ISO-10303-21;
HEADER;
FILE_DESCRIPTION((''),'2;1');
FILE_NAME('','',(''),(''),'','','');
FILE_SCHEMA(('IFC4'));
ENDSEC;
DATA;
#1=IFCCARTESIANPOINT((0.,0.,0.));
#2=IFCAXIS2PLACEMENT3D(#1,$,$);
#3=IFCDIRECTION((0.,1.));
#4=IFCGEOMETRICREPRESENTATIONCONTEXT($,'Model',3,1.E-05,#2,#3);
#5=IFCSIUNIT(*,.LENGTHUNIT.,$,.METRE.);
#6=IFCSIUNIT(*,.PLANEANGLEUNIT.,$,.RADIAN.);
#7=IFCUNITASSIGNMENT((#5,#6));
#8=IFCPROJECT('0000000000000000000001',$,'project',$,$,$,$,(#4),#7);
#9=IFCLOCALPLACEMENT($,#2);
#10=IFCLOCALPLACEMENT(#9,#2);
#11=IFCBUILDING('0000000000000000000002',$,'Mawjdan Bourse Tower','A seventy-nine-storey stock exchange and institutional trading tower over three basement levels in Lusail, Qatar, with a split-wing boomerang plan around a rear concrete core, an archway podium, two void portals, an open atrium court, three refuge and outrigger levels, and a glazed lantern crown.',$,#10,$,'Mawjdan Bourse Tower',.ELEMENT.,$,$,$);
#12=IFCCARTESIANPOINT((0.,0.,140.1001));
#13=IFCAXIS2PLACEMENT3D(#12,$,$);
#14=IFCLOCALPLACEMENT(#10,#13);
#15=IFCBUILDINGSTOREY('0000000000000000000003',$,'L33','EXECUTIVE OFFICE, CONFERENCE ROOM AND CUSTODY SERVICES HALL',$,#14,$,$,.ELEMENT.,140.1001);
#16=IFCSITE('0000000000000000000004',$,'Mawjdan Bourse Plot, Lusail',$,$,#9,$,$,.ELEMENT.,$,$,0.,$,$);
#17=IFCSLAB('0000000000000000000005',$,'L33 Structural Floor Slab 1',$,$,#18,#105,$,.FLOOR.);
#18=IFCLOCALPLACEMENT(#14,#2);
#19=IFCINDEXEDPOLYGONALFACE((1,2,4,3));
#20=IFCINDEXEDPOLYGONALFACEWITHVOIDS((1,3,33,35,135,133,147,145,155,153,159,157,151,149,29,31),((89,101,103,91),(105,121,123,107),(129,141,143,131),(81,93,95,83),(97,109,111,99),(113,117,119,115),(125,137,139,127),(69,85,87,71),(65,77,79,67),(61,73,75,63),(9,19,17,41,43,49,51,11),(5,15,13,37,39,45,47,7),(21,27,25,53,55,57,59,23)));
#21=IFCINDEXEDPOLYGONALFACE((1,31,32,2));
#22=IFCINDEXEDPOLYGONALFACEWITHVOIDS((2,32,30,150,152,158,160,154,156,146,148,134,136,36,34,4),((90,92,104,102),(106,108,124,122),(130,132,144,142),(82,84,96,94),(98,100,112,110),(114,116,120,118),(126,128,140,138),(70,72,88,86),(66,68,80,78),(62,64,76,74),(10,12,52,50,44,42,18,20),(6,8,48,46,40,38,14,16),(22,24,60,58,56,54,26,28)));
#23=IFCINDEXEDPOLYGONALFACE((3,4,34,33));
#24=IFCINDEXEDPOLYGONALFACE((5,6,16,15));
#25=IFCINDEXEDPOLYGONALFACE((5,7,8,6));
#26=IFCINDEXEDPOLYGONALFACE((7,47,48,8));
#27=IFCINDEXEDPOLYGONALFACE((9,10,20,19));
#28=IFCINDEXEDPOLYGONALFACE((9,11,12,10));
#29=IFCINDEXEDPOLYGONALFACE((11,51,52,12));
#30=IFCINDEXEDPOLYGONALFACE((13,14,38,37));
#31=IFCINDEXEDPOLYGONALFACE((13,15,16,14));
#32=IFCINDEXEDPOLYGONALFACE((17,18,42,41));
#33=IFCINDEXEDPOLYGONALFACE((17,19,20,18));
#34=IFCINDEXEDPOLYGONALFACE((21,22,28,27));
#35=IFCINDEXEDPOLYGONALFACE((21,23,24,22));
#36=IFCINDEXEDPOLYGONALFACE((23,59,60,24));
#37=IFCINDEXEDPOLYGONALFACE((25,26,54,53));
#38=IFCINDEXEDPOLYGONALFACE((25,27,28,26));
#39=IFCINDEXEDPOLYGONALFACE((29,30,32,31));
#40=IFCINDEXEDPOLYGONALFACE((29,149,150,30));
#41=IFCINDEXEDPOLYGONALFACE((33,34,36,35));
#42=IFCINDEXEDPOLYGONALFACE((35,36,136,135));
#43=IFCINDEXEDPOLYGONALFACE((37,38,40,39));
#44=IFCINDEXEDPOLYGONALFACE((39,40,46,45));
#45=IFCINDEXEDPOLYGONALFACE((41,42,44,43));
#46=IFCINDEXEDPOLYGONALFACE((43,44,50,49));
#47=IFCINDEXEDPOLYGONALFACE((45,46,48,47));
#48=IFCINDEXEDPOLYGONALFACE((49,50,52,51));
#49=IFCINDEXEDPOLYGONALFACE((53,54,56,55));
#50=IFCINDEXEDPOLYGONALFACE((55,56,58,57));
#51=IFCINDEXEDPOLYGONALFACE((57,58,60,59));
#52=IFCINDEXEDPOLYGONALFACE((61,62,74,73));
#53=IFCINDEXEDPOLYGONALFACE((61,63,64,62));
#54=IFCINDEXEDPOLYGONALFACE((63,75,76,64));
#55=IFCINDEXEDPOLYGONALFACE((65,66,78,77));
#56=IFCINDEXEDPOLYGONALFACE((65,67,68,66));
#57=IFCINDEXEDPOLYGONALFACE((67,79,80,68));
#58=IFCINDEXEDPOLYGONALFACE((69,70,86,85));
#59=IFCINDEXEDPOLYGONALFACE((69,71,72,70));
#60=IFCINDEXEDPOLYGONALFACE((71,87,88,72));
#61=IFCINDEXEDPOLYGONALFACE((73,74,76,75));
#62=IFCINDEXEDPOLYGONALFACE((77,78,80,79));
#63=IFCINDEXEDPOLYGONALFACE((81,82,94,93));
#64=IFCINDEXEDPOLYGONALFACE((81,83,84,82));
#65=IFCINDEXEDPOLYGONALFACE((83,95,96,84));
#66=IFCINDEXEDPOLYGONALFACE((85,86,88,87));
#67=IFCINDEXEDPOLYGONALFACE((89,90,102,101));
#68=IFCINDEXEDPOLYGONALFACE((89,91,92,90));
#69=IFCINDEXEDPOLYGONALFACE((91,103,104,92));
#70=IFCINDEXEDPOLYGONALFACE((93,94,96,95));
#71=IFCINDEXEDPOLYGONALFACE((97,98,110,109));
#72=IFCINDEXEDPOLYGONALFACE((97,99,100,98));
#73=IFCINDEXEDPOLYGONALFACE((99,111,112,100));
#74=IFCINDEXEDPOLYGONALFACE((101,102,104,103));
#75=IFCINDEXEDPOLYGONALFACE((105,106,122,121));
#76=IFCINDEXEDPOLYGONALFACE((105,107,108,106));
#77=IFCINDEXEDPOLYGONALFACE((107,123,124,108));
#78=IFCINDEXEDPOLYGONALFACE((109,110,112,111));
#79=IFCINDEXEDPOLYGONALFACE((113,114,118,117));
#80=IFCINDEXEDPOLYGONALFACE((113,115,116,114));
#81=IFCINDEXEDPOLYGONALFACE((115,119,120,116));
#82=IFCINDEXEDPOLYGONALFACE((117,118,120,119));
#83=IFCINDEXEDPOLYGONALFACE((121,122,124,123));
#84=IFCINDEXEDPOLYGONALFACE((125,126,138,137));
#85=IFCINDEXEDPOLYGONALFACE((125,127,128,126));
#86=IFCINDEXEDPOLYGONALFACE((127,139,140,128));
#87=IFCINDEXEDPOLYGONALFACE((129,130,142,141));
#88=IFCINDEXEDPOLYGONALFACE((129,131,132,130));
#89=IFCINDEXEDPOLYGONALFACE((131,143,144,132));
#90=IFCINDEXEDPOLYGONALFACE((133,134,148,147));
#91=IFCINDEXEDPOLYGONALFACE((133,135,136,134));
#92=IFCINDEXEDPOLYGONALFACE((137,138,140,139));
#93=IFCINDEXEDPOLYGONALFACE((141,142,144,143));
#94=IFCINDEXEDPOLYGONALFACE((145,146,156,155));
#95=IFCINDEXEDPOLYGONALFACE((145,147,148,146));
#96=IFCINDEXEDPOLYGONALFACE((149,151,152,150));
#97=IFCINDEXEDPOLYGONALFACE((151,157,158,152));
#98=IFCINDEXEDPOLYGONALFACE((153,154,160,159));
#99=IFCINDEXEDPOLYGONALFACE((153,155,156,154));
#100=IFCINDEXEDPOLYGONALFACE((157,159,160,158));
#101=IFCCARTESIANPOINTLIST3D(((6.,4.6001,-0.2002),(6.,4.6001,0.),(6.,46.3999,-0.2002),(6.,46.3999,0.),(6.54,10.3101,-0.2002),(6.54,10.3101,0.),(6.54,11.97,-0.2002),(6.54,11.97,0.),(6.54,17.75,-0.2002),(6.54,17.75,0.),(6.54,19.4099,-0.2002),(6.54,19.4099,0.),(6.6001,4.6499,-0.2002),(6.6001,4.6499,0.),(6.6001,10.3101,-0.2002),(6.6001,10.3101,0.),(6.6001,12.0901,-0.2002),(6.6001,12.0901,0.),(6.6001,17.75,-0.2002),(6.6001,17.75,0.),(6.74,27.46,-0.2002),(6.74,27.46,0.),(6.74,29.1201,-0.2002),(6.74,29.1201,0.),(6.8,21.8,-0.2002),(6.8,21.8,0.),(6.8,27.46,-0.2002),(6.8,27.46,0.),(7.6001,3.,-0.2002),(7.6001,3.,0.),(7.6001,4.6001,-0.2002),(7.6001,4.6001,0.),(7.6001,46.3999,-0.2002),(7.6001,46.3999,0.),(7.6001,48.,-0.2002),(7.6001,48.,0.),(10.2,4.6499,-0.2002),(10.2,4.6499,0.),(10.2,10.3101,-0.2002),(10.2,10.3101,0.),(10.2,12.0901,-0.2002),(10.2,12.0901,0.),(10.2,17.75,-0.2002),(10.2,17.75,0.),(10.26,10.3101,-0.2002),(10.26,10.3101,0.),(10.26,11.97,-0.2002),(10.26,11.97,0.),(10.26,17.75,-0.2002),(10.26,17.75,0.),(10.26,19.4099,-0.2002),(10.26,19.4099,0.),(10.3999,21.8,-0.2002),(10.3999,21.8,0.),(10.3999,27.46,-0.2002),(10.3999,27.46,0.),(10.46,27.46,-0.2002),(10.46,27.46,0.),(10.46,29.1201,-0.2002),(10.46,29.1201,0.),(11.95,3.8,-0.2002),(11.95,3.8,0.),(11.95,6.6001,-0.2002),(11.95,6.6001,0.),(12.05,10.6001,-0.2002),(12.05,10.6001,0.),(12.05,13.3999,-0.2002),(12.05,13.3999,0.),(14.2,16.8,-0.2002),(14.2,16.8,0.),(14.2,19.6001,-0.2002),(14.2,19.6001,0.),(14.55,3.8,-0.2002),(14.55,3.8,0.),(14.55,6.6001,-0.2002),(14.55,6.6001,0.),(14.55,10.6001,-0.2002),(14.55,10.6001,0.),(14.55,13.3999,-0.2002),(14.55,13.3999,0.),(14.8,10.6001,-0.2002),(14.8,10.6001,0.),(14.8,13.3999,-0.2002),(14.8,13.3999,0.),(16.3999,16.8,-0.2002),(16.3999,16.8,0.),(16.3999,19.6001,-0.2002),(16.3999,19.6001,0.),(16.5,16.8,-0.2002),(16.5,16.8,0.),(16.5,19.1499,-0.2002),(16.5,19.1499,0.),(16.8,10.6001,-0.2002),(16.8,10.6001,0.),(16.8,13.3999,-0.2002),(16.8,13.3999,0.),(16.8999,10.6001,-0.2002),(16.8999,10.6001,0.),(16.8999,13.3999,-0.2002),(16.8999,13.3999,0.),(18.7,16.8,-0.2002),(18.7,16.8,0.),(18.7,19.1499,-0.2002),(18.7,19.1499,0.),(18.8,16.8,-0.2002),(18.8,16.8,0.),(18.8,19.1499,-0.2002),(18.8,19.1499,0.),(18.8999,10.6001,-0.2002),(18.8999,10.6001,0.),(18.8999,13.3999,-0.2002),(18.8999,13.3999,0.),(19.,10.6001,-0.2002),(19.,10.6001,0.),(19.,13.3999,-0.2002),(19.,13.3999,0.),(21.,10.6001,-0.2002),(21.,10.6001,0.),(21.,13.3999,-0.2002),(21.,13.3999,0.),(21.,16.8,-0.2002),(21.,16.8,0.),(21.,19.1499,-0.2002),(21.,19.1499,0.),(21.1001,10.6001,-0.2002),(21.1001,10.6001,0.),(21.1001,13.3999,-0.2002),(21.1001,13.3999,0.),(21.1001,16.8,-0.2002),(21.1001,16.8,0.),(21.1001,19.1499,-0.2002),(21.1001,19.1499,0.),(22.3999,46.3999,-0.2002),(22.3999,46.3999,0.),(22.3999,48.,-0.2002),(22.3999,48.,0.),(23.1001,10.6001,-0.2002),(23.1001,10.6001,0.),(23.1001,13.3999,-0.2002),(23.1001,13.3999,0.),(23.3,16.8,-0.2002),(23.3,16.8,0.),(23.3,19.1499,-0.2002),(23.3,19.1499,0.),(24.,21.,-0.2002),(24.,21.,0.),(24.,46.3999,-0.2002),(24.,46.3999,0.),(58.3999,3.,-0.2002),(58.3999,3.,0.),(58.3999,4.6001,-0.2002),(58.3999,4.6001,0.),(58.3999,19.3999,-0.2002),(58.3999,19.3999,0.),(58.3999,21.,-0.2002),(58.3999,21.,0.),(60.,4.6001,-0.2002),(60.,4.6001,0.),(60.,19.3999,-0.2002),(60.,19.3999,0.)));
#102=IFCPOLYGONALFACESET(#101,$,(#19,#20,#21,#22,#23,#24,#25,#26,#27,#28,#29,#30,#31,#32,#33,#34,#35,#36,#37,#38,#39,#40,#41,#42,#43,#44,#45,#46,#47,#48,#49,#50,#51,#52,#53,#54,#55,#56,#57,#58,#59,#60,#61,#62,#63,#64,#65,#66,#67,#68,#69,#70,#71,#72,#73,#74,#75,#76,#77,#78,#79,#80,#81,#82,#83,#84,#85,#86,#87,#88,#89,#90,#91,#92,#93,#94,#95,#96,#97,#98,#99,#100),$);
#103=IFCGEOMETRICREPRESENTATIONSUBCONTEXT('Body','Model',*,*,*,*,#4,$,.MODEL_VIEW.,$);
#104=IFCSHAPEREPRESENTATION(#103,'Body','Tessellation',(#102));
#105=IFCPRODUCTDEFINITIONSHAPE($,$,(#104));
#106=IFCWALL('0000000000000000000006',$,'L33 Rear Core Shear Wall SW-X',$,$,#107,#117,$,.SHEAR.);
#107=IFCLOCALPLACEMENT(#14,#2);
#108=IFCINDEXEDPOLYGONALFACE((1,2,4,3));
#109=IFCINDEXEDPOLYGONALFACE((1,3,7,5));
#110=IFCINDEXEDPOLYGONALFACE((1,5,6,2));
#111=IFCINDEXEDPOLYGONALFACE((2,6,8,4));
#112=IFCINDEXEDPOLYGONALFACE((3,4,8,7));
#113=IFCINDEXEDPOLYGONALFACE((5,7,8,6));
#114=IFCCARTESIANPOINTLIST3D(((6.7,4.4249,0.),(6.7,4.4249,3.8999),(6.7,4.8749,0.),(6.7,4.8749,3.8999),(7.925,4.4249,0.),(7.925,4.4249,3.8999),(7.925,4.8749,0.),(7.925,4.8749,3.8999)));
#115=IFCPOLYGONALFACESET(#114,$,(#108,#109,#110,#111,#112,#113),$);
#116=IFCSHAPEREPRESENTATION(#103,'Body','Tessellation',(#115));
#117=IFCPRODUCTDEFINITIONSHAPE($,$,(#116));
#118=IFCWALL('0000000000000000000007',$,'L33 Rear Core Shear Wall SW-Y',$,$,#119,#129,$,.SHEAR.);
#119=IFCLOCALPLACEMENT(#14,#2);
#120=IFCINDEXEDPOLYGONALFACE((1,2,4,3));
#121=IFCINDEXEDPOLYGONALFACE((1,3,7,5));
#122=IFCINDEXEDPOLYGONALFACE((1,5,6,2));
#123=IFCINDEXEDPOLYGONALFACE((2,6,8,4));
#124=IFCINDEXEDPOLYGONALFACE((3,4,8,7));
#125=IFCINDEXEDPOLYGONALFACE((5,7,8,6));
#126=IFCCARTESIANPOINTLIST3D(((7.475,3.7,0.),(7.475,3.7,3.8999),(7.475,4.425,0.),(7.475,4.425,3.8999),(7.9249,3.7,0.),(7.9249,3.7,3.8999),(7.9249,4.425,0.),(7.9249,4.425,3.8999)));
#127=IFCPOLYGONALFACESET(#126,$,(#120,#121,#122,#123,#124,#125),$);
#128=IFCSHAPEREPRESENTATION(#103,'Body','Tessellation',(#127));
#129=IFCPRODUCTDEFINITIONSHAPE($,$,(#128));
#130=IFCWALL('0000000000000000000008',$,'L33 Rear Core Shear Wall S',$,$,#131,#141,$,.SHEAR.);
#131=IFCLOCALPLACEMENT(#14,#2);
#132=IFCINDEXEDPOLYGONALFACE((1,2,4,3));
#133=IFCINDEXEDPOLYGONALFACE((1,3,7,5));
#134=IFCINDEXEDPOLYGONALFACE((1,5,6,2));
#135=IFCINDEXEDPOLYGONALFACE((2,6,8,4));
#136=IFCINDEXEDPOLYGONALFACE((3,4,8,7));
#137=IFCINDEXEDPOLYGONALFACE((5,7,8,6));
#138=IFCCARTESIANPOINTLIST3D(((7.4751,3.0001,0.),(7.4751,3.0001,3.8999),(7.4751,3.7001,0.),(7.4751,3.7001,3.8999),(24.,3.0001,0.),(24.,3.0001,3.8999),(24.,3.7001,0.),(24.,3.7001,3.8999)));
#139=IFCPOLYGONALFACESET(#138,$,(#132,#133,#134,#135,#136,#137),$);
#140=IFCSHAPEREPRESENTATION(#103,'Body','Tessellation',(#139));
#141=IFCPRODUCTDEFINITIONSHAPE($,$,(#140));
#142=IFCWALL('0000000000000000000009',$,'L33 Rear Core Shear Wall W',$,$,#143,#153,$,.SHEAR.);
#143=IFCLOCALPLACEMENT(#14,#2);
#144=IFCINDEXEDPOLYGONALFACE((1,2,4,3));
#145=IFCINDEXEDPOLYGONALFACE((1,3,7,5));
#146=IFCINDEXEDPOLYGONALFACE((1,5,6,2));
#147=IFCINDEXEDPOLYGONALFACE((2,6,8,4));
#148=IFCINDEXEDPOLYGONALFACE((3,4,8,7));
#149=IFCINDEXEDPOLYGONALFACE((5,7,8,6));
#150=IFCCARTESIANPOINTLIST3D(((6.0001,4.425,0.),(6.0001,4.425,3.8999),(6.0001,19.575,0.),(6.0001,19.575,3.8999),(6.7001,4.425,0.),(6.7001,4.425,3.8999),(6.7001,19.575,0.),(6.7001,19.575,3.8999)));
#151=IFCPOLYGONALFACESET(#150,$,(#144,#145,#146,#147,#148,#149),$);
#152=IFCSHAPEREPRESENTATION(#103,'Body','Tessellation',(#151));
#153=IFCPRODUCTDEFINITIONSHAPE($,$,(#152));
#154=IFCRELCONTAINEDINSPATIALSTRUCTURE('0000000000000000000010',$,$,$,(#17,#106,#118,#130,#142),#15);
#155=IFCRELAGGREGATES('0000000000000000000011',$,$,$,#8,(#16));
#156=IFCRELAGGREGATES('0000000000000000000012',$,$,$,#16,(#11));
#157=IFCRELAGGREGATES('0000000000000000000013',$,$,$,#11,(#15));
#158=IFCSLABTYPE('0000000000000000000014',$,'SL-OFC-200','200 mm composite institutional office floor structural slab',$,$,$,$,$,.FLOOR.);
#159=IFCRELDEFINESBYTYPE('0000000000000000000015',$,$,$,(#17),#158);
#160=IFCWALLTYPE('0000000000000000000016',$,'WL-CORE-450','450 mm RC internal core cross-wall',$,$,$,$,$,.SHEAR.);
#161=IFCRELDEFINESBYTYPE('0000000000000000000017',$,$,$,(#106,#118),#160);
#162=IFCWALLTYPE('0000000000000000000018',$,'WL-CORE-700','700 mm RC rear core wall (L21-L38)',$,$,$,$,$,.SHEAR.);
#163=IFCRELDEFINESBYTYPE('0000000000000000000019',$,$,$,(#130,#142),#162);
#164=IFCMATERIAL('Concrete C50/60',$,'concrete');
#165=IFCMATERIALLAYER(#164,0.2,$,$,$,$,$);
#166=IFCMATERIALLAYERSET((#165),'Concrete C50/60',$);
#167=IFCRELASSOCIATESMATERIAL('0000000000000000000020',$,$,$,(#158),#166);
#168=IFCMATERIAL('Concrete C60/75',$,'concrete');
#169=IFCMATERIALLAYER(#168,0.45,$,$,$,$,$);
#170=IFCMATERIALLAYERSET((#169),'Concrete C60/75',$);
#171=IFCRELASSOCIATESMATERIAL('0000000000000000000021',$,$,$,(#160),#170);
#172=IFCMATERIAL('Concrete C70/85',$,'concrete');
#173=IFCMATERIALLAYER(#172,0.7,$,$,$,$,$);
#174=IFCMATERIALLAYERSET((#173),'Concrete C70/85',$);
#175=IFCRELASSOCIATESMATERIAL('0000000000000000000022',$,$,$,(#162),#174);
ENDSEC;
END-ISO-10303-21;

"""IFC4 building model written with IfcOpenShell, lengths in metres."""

from ifc_helpers import new_model, si_unit, direction, frame, frame_2d, origin, place, context, subcontext, project, spatial, polyline, rectangle, outline, extrude, material, layer, layer_set, type_object, element, save


model = new_model("IFC4")

# Units and contexts
model_context = context("Model", 3, precision=1e-05, world=origin(), true_north=direction((0.0, 1.0)))
body_context = subcontext(model_context, "Body", "Model", "MODEL_VIEW")
ifc_project = project(units=[si_unit("LENGTHUNIT", "METRE"), si_unit("PLANEANGLEUNIT", "RADIAN")], contexts=[model_context])

# Site, building, storey
site_placement = place(None, origin())
site = spatial("IfcSite", under=ifc_project, at=site_placement, Name="Mawjdan Bourse Plot, Lusail", CompositionType="ELEMENT", RefElevation=0.0)
building_placement = place(site_placement, origin())
building = spatial("IfcBuilding", under=site, at=building_placement, Name="Mawjdan Bourse Tower", Description="A seventy-nine-storey stock exchange and institutional trading tower over three basement levels in Lusail, Qatar, with a split-wing boomerang plan around a rear concrete core, an archway podium, two void portals, an open atrium court, three refuge and outrigger levels, and a glazed lantern crown.", LongName="Mawjdan Bourse Tower", CompositionType="ELEMENT")
storey_placement = place(building_placement, frame((0.0, 0.0, 140.1001)))
storey = spatial("IfcBuildingStorey", under=building, at=storey_placement, Name="L33", Description="EXECUTIVE OFFICE, CONFERENCE ROOM AND CUSTODY SERVICES HALL", CompositionType="ELEMENT", Elevation=140.1001)

# Shared definitions
ifc_material_1 = material(Name="Concrete C50/60", Category="concrete")

# Slab
ifc_layer_1 = layer(ifc_material_1, 0.2)
ifc_layer_set_1 = layer_set([ifc_layer_1], Name="Concrete C50/60")
slab_type_1 = type_object("IfcSlabType", Name="SL-OFC-200", Description="200 mm composite institutional office floor structural slab", PredefinedType="FLOOR", material=ifc_layer_set_1)
slab_1_placement = place(storey_placement, frame((0.0, 0.0, -0.2002)))
element("IfcSlab", 1, at=slab_1_placement, inside=storey, type_object=slab_type_1, Name="L33 Structural Floor Slab 1", PredefinedType="FLOOR", context=body_context, shape_type="SweptSolid", body=[
    extrude(outline(polyline([(7.6001, 3.0), (58.3999, 3.0), (58.3999, 4.6001), (60.0, 4.6001), (60.0, 19.3999), (58.3999, 19.3999), (58.3999, 21.0), (24.0, 21.0), (24.0, 46.3999), (22.3999, 46.3999), (22.3999, 48.0), (7.6001, 48.0), (7.6001, 46.3999), (6.0, 46.3999), (6.0, 4.6001), (7.6001, 4.6001), (7.6001, 3.0)]), holes=[polyline([(11.95, 3.8), (11.95, 6.6001), (14.55, 6.6001), (14.55, 3.8), (11.95, 3.8)]), polyline([(6.6001, 10.3101), (6.54, 10.3101), (6.54, 11.97), (10.26, 11.97), (10.26, 10.3101), (10.2, 10.3101), (10.2, 4.6499), (6.6001, 4.6499), (6.6001, 10.3101)]), polyline([(12.05, 10.6001), (12.05, 13.3999), (14.55, 13.3999), (14.55, 10.6001), (12.05, 10.6001)]), polyline([(10.26, 19.4099), (10.26, 17.75), (10.2, 17.75), (10.2, 12.0901), (6.6001, 12.0901), (6.6001, 17.75), (6.54, 17.75), (6.54, 19.4099), (10.26, 19.4099)]), polyline([(10.46, 29.1201), (10.46, 27.46), (10.3999, 27.46), (10.3999, 21.8), (6.8, 21.8), (6.8, 27.46), (6.74, 27.46), (6.74, 29.1201), (10.46, 29.1201)]), polyline([(14.8, 10.6001), (14.8, 13.3999), (16.8, 13.3999), (16.8, 10.6001), (14.8, 10.6001)]), polyline([(16.8999, 10.6001), (16.8999, 13.3999), (18.8999, 13.3999), (18.8999, 10.6001), (16.8999, 10.6001)]), polyline([(19.0, 10.6001), (19.0, 13.3999), (21.0, 13.3999), (21.0, 10.6001), (19.0, 10.6001)]), polyline([(21.1001, 10.6001), (21.1001, 13.3999), (23.1001, 13.3999), (23.1001, 10.6001), (21.1001, 10.6001)]), polyline([(16.5, 16.8), (16.5, 19.1499), (18.7, 19.1499), (18.7, 16.8), (16.5, 16.8)]), polyline([(18.8, 16.8), (18.8, 19.1499), (21.0, 19.1499), (21.0, 16.8), (18.8, 16.8)]), polyline([(21.1001, 16.8), (21.1001, 19.1499), (23.3, 19.1499), (23.3, 16.8), (21.1001, 16.8)]), polyline([(14.2, 16.8), (14.2, 19.6001), (16.3999, 19.6001), (16.3999, 16.8), (14.2, 16.8)])]), origin(), (0.0, 0.0, 1.0), 0.2002),
])

# Walls
ifc_material_2 = material(Name="Concrete C60/75", Category="concrete")
ifc_layer_2 = layer(ifc_material_2, 0.45)
ifc_layer_set_2 = layer_set([ifc_layer_2], Name="Concrete C60/75")
wall_type_1 = type_object("IfcWallType", Name="WL-CORE-450", Description="450 mm RC internal core cross-wall", PredefinedType="SHEAR", material=ifc_layer_set_2)
wall_1_placement = place(storey_placement, frame((6.7, 4.6499, 0.0), z_axis=(0.0, 0.0, 1.0), x_axis=(1.0, 0.0, 0.0)))
element("IfcWall", 2, at=wall_1_placement, inside=storey, type_object=wall_type_1, Name="L33 Rear Core Shear Wall SW-X", PredefinedType="SHEAR", context=body_context, shape_type="SweptSolid", body=[
    extrude(rectangle(XDim=1.2251, YDim=0.45, at=frame_2d((0.6125, 0.0))), origin(), (0.0, 0.0, 1.0), 3.8999),
])
wall_2_placement = place(storey_placement, frame((7.7, 3.7, 0.0), z_axis=(0.0, 0.0, 1.0), x_axis=(0.0, 1.0, 0.0)))
element("IfcWall", 3, at=wall_2_placement, inside=storey, type_object=wall_type_1, Name="L33 Rear Core Shear Wall SW-Y", PredefinedType="SHEAR", context=body_context, shape_type="SweptSolid", body=[
    extrude(rectangle(XDim=0.7251, YDim=0.45, at=frame_2d((0.3625, 0.0))), origin(), (0.0, 0.0, 1.0), 3.8999),
])
ifc_material_3 = material(Name="Concrete C70/85", Category="concrete")
ifc_layer_3 = layer(ifc_material_3, 0.7)
ifc_layer_set_3 = layer_set([ifc_layer_3], Name="Concrete C70/85")
wall_type_2 = type_object("IfcWallType", Name="WL-CORE-700", Description="700 mm RC rear core wall (L21-L38)", PredefinedType="SHEAR", material=ifc_layer_set_3)
wall_3_placement = place(storey_placement, frame((7.4751, 3.3501, 0.0), z_axis=(0.0, 0.0, 1.0), x_axis=(1.0, 0.0, 0.0)))
element("IfcWall", 4, at=wall_3_placement, inside=storey, type_object=wall_type_2, Name="L33 Rear Core Shear Wall S", PredefinedType="SHEAR", context=body_context, shape_type="SweptSolid", body=[
    extrude(rectangle(XDim=16.5249, YDim=0.7, at=frame_2d((8.2625, 0.0))), origin(), (0.0, 0.0, 1.0), 3.8999),
])
wall_4_placement = place(storey_placement, frame((6.3501, 4.425, 0.0), z_axis=(0.0, 0.0, 1.0), x_axis=(0.0, 1.0, 0.0)))
element("IfcWall", 5, at=wall_4_placement, inside=storey, type_object=wall_type_2, Name="L33 Rear Core Shear Wall W", PredefinedType="SHEAR", context=body_context, shape_type="SweptSolid", body=[
    extrude(rectangle(XDim=15.1499, YDim=0.7, at=frame_2d((7.575, 0.0))), origin(), (0.0, 0.0, 1.0), 3.8999),
])

save(model, "model.ifc")
